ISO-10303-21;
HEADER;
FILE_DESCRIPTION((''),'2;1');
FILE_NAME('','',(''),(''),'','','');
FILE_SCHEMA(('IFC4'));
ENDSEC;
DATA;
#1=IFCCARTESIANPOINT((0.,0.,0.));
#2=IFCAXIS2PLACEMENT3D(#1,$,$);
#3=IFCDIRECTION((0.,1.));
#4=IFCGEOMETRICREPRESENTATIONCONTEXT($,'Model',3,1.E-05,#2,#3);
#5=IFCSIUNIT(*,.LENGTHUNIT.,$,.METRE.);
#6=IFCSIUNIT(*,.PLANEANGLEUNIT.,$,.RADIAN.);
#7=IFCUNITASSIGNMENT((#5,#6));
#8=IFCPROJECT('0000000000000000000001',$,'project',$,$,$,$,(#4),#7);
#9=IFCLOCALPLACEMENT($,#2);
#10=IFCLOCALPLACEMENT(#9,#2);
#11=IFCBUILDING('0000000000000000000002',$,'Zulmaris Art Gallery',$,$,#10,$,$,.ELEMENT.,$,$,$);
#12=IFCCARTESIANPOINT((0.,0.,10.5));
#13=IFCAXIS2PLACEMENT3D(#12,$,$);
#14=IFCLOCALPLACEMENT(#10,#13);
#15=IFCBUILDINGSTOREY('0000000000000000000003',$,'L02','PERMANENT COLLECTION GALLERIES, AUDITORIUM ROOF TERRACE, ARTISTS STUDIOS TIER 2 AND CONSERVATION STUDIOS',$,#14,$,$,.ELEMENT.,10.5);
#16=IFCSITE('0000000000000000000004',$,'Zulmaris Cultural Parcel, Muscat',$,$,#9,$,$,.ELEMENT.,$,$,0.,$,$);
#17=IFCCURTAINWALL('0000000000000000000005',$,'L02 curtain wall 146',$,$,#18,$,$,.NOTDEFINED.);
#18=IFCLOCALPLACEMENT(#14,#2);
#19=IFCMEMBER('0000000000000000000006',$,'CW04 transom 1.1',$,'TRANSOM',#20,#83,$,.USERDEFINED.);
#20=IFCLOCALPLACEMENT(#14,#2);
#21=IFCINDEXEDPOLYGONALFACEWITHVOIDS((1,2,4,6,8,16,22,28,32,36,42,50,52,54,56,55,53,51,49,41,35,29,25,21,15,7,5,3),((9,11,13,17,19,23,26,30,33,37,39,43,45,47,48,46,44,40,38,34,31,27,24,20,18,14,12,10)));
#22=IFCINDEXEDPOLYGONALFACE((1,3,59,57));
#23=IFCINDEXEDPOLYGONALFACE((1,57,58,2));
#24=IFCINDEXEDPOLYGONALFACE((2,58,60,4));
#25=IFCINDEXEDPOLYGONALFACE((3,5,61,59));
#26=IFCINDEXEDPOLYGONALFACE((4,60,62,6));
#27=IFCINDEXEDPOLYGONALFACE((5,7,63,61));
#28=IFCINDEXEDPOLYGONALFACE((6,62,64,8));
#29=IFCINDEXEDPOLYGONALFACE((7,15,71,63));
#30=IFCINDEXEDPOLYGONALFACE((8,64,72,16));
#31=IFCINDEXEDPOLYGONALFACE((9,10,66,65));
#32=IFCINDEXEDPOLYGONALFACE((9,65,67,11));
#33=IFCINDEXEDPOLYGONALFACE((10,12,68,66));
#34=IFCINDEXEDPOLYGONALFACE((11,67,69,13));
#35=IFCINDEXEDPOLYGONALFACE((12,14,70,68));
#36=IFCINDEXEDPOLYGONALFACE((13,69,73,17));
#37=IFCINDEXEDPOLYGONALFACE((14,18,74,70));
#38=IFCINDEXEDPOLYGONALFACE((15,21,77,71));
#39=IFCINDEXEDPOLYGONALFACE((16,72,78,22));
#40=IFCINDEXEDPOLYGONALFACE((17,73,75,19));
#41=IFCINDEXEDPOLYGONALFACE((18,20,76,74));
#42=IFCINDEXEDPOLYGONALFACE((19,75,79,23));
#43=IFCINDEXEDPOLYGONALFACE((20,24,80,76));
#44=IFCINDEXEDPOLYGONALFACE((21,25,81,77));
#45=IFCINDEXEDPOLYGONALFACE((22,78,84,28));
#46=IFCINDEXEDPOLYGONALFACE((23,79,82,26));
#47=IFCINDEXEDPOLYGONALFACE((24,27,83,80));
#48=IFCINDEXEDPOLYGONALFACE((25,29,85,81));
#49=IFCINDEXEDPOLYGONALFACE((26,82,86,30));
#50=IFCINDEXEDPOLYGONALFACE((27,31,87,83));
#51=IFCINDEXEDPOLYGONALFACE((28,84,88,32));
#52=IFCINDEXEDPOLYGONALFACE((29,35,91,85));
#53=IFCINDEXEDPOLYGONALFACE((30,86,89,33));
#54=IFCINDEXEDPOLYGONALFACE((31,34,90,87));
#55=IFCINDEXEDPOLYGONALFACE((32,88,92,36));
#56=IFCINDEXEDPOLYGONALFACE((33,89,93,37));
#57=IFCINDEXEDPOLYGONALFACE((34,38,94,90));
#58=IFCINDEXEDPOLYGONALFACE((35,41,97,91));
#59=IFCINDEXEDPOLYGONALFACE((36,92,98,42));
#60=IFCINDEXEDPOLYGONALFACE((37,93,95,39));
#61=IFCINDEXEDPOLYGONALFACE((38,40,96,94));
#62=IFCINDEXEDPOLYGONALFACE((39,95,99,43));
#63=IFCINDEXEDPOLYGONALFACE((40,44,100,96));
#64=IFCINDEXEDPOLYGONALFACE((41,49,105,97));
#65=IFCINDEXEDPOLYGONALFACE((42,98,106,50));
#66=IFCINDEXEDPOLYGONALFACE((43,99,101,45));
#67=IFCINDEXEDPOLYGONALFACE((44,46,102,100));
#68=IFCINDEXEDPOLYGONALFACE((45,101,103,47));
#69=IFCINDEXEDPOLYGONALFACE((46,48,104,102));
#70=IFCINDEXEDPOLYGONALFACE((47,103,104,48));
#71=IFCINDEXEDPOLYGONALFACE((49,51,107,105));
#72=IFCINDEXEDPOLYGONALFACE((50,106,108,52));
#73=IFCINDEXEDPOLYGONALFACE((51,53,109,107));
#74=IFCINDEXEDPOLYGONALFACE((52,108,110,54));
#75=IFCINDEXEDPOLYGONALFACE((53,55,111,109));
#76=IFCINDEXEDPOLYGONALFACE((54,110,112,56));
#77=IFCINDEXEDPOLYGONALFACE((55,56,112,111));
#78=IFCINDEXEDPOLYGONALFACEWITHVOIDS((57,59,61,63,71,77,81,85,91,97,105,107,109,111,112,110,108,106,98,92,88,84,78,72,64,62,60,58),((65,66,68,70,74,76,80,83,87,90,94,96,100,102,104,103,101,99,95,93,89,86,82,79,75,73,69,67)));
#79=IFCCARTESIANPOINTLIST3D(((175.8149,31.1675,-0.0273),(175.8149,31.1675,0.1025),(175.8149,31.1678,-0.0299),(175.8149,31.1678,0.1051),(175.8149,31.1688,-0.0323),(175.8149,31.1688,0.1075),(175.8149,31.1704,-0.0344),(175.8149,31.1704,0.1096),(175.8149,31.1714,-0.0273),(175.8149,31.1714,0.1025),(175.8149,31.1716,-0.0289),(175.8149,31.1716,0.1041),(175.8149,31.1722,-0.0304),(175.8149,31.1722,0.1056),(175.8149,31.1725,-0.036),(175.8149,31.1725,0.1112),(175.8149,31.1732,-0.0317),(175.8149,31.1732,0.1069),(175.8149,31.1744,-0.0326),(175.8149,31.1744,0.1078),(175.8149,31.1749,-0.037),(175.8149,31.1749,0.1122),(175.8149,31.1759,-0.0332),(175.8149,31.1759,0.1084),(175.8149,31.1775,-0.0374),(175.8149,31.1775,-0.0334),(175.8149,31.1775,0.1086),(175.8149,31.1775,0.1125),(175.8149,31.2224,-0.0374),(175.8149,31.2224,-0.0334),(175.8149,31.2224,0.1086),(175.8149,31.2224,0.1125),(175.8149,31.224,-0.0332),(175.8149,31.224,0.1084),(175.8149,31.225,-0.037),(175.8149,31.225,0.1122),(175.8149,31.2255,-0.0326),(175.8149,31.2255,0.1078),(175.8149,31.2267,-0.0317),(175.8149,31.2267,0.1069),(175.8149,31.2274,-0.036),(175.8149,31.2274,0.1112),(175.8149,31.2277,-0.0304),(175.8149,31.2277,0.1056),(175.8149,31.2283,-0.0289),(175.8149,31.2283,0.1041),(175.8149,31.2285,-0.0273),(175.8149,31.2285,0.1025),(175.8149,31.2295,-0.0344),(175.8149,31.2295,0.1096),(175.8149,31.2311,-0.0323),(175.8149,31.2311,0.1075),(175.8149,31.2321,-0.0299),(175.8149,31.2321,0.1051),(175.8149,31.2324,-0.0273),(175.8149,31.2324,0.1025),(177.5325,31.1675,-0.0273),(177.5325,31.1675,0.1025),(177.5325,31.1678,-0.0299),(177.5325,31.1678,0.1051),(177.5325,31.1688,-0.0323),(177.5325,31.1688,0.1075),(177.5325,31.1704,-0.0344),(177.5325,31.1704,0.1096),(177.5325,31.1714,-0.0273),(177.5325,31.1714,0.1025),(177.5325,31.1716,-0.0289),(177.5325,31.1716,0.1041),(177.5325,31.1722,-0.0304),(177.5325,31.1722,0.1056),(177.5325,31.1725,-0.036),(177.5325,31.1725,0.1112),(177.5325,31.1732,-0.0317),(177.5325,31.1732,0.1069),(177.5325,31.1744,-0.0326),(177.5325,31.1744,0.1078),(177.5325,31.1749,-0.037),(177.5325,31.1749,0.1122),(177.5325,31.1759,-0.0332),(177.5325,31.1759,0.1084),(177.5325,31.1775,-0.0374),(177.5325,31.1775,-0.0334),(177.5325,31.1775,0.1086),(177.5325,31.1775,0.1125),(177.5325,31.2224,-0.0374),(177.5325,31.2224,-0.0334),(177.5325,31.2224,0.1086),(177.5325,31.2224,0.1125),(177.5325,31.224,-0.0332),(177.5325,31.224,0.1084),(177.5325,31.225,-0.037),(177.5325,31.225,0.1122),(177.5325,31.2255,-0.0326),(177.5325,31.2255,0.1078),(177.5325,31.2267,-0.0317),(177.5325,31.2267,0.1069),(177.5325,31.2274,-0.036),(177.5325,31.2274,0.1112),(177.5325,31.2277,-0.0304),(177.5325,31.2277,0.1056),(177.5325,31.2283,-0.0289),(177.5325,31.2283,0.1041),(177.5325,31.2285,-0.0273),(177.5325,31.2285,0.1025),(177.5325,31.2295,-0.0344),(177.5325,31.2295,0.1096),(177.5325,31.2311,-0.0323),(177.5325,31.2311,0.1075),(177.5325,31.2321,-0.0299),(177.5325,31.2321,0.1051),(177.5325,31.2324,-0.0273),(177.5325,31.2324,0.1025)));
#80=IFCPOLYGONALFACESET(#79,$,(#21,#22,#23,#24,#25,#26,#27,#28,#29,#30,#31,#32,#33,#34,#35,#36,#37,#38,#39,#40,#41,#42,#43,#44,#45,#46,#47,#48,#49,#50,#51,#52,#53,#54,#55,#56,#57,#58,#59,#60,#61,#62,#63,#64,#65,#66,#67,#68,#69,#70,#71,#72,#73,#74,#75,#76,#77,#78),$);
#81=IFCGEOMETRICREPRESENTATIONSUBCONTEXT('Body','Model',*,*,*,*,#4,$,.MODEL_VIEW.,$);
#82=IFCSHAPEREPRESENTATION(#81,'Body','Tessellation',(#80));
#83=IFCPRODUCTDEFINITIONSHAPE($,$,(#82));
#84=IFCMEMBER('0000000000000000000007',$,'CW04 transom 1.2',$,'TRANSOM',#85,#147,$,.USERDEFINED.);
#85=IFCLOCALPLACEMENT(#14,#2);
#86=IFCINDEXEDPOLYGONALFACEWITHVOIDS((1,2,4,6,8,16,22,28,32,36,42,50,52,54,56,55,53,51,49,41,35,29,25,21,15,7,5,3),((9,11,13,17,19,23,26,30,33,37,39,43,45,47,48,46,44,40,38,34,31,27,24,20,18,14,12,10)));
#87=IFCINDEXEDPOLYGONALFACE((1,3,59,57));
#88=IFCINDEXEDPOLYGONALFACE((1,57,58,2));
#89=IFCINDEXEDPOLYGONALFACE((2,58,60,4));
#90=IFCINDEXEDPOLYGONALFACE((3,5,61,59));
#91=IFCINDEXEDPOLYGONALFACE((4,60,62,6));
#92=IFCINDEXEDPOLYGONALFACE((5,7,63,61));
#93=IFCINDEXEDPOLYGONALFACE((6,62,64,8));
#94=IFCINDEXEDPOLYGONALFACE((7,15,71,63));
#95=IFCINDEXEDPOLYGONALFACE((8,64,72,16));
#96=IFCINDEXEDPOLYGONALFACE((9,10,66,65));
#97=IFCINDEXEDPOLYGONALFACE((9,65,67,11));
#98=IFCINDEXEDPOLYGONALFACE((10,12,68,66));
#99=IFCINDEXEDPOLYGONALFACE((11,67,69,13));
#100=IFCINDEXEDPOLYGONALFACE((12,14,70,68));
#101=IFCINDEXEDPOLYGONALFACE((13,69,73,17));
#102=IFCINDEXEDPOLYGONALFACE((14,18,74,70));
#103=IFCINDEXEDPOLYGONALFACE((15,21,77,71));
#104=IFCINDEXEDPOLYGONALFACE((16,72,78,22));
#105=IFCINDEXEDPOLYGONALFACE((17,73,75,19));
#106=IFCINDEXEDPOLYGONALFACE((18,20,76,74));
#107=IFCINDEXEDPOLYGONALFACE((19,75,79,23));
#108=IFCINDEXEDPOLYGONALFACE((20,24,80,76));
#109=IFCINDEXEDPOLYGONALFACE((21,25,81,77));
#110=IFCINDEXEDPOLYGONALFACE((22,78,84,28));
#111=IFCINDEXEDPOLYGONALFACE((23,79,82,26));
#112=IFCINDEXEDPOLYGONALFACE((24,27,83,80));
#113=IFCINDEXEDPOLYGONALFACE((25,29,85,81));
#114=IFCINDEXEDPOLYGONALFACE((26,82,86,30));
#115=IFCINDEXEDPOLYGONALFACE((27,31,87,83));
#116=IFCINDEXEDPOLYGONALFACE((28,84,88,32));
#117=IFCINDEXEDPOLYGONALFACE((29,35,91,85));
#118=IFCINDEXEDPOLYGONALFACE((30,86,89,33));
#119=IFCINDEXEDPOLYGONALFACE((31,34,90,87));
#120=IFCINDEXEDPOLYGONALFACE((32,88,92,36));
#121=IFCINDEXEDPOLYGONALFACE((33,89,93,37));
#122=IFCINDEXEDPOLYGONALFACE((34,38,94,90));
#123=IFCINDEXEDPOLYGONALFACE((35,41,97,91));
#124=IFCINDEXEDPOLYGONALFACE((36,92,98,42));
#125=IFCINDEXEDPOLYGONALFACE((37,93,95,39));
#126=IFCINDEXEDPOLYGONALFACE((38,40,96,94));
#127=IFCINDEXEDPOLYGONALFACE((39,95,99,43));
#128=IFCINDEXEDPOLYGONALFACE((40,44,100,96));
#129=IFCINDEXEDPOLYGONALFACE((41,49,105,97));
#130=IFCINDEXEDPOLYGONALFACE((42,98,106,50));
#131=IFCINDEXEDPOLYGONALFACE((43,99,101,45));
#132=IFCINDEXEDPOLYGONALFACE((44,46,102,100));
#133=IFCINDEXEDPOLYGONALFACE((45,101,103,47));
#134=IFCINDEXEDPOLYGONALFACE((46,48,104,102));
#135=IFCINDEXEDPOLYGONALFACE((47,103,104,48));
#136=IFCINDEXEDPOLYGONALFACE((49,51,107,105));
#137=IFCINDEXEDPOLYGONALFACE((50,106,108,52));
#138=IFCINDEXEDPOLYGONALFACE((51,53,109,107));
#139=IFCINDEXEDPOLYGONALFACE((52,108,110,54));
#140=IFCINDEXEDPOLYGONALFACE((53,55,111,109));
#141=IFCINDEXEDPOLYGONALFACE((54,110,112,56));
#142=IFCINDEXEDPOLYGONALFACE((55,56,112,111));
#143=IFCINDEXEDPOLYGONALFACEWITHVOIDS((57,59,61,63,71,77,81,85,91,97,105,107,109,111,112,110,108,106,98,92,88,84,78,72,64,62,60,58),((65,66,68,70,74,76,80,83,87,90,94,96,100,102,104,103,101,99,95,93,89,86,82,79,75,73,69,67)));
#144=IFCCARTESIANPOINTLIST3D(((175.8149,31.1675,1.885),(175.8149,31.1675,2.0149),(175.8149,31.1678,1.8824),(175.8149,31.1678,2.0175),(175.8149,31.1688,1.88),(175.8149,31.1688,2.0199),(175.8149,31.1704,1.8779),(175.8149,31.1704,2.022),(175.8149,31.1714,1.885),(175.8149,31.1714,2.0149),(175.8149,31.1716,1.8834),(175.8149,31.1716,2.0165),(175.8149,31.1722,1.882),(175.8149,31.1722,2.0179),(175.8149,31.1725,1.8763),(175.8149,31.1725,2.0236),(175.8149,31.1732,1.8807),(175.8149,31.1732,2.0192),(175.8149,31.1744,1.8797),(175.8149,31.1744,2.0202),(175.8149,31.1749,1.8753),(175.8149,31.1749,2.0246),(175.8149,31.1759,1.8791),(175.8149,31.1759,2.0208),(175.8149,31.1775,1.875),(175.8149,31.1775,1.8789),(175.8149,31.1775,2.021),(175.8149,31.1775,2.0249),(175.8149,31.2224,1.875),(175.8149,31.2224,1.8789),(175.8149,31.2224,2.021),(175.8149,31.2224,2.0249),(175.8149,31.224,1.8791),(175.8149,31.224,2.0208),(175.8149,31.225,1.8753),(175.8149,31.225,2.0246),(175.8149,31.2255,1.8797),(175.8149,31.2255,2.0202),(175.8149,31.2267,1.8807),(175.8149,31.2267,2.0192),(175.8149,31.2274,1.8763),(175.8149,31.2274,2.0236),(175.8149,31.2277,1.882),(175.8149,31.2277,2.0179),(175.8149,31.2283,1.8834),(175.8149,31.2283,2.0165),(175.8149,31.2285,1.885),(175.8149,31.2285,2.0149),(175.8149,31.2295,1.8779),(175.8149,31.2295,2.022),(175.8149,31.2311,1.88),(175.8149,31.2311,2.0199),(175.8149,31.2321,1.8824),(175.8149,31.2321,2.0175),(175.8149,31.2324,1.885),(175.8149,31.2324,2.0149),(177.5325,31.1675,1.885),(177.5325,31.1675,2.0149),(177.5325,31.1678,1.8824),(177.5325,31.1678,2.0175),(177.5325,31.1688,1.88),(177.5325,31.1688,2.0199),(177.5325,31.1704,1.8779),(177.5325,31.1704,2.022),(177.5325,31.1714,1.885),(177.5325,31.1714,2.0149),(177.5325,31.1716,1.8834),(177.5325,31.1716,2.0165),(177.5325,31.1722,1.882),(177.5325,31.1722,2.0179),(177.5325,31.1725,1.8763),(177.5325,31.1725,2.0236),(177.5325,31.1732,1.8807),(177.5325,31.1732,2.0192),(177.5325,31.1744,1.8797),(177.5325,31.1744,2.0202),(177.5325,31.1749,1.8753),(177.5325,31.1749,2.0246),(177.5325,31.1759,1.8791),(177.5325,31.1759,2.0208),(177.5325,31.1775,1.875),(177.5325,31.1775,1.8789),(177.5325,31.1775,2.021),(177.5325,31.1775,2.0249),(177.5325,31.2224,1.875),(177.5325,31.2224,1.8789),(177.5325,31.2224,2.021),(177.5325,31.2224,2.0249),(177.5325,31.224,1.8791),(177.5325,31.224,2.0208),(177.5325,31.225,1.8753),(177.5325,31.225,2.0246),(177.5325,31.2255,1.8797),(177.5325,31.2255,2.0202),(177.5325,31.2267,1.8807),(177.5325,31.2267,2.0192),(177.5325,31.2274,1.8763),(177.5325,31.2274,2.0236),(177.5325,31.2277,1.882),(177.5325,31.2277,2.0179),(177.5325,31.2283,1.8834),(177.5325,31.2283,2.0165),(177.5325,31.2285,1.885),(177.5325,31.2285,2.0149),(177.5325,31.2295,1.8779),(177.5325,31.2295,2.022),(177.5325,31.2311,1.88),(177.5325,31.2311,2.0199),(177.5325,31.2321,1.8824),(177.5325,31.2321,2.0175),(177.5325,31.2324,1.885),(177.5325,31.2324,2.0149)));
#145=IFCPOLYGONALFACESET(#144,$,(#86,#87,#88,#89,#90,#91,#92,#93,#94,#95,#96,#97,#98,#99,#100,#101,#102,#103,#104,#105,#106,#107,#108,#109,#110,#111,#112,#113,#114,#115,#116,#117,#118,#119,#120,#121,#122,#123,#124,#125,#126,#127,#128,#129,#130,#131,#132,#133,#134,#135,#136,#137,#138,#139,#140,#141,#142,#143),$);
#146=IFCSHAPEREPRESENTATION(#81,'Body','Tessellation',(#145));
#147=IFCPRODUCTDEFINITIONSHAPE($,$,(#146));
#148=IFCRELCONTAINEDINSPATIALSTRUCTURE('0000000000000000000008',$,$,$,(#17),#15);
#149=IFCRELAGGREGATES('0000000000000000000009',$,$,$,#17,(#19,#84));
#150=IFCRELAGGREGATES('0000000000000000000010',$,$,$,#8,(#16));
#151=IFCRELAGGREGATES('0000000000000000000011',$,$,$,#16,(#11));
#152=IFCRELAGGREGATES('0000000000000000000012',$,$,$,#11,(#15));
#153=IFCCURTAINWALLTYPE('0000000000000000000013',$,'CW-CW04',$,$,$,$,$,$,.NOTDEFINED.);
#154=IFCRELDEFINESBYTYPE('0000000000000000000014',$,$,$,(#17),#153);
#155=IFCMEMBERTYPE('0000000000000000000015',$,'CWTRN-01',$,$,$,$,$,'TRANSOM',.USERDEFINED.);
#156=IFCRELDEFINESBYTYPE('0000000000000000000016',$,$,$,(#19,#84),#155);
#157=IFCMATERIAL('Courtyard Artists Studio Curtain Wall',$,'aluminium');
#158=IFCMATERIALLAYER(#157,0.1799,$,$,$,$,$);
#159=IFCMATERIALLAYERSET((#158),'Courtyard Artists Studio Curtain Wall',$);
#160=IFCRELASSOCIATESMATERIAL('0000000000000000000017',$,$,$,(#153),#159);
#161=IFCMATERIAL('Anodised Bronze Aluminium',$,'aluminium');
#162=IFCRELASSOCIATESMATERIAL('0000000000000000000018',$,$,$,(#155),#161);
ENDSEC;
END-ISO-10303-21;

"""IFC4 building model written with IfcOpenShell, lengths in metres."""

from ifc_helpers import new_model, si_unit, direction, frame, origin, origin_2d, place, context, subcontext, project, spatial, hollow_rectangle, extrude, material, layer, layer_set, material_profile, profile_set, type_object, element, aggregate, save


model = new_model("IFC4")

# Units and contexts
model_context = context("Model", 3, precision=1e-05, world=origin(), true_north=direction((0.0, 1.0)))
body_context = subcontext(model_context, "Body", "Model", "MODEL_VIEW")
ifc_project = project(units=[si_unit("LENGTHUNIT", "METRE"), si_unit("PLANEANGLEUNIT", "RADIAN")], contexts=[model_context])

# Site, building, storey
site_placement = place(None, origin())
site = spatial("IfcSite", under=ifc_project, at=site_placement, Name="Zulmaris Cultural Parcel, Muscat", CompositionType="ELEMENT", RefElevation=0.0)
building_placement = place(site_placement, origin())
building = spatial("IfcBuilding", under=site, at=building_placement, Name="Zulmaris Art Gallery", CompositionType="ELEMENT")
storey_placement = place(building_placement, frame((0.0, 0.0, 10.5)))
storey = spatial("IfcBuildingStorey", under=building, at=storey_placement, Name="L02", Description="PERMANENT COLLECTION GALLERIES, AUDITORIUM ROOF TERRACE, ARTISTS STUDIOS TIER 2 AND CONSERVATION STUDIOS", CompositionType="ELEMENT", Elevation=10.5)

# Curtain wall
ifc_material_1 = material(Name="Courtyard Artists Studio Curtain Wall", Category="aluminium")
ifc_layer_1 = layer(ifc_material_1, 0.1799)
ifc_layer_set_1 = layer_set([ifc_layer_1], Name="Courtyard Artists Studio Curtain Wall")
curtain_wall_type = type_object("IfcCurtainWallType", Name="CW-CW04", PredefinedType="NOTDEFINED", material=ifc_layer_set_1)
ifc_material_2 = material(Name="Anodised Bronze Aluminium", Category="aluminium")
curtain_wall_1_placement = place(storey_placement, origin())
curtain_wall_1 = element("IfcCurtainWall", 1, at=curtain_wall_1_placement, inside=storey, type_object=curtain_wall_type, Name="L02 curtain wall 146", PredefinedType="NOTDEFINED")

# Members
ifc_material_profile_1 = material_profile(ifc_material_2, hollow_rectangle(XDim=0.0649, YDim=0.1499, WallThickness=0.0039, InnerFilletRadius=0.0061, OuterFilletRadius=0.01, at=origin_2d()), Name="ALU 65x150x4")
ifc_profile_set_1 = profile_set([ifc_material_profile_1], Name="Anodised Bronze Aluminium")
member_type_1 = type_object("IfcMemberType", Name="CWTRN-01", ElementType="TRANSOM", PredefinedType="USERDEFINED", material=ifc_profile_set_1)
member_1_placement = place(storey_placement, frame((175.8149, 31.2, 0.0376), z_axis=(1.0, 0.0, 0.0), x_axis=(0.0, 1.0, 0.0)))
member_1 = element("IfcMember", 2, at=member_1_placement, type_object=member_type_1, Name="CW04 transom 1.1", ObjectType="TRANSOM", PredefinedType="USERDEFINED", context=body_context, shape_type="SweptSolid", body=[
    extrude(hollow_rectangle(XDim=0.0649, YDim=0.1499, WallThickness=0.0039, InnerFilletRadius=0.0061, OuterFilletRadius=0.01, at=origin_2d()), origin(), (0.0, 0.0, 1.0), 1.7175),
])
member_2_placement = place(storey_placement, frame((175.8149, 31.2, 1.95), z_axis=(1.0, 0.0, 0.0), x_axis=(0.0, 1.0, 0.0)))
member_2 = element("IfcMember", 3, at=member_2_placement, type_object=member_type_1, Name="CW04 transom 1.2", ObjectType="TRANSOM", PredefinedType="USERDEFINED", context=body_context, shape_type="SweptSolid", body=[
    extrude(hollow_rectangle(XDim=0.0649, YDim=0.1499, WallThickness=0.0039, InnerFilletRadius=0.0061, OuterFilletRadius=0.01, at=origin_2d()), origin(), (0.0, 0.0, 1.0), 1.7175),
])

aggregate(curtain_wall_1, [member_1, member_2])

save(model, "model.ifc")
